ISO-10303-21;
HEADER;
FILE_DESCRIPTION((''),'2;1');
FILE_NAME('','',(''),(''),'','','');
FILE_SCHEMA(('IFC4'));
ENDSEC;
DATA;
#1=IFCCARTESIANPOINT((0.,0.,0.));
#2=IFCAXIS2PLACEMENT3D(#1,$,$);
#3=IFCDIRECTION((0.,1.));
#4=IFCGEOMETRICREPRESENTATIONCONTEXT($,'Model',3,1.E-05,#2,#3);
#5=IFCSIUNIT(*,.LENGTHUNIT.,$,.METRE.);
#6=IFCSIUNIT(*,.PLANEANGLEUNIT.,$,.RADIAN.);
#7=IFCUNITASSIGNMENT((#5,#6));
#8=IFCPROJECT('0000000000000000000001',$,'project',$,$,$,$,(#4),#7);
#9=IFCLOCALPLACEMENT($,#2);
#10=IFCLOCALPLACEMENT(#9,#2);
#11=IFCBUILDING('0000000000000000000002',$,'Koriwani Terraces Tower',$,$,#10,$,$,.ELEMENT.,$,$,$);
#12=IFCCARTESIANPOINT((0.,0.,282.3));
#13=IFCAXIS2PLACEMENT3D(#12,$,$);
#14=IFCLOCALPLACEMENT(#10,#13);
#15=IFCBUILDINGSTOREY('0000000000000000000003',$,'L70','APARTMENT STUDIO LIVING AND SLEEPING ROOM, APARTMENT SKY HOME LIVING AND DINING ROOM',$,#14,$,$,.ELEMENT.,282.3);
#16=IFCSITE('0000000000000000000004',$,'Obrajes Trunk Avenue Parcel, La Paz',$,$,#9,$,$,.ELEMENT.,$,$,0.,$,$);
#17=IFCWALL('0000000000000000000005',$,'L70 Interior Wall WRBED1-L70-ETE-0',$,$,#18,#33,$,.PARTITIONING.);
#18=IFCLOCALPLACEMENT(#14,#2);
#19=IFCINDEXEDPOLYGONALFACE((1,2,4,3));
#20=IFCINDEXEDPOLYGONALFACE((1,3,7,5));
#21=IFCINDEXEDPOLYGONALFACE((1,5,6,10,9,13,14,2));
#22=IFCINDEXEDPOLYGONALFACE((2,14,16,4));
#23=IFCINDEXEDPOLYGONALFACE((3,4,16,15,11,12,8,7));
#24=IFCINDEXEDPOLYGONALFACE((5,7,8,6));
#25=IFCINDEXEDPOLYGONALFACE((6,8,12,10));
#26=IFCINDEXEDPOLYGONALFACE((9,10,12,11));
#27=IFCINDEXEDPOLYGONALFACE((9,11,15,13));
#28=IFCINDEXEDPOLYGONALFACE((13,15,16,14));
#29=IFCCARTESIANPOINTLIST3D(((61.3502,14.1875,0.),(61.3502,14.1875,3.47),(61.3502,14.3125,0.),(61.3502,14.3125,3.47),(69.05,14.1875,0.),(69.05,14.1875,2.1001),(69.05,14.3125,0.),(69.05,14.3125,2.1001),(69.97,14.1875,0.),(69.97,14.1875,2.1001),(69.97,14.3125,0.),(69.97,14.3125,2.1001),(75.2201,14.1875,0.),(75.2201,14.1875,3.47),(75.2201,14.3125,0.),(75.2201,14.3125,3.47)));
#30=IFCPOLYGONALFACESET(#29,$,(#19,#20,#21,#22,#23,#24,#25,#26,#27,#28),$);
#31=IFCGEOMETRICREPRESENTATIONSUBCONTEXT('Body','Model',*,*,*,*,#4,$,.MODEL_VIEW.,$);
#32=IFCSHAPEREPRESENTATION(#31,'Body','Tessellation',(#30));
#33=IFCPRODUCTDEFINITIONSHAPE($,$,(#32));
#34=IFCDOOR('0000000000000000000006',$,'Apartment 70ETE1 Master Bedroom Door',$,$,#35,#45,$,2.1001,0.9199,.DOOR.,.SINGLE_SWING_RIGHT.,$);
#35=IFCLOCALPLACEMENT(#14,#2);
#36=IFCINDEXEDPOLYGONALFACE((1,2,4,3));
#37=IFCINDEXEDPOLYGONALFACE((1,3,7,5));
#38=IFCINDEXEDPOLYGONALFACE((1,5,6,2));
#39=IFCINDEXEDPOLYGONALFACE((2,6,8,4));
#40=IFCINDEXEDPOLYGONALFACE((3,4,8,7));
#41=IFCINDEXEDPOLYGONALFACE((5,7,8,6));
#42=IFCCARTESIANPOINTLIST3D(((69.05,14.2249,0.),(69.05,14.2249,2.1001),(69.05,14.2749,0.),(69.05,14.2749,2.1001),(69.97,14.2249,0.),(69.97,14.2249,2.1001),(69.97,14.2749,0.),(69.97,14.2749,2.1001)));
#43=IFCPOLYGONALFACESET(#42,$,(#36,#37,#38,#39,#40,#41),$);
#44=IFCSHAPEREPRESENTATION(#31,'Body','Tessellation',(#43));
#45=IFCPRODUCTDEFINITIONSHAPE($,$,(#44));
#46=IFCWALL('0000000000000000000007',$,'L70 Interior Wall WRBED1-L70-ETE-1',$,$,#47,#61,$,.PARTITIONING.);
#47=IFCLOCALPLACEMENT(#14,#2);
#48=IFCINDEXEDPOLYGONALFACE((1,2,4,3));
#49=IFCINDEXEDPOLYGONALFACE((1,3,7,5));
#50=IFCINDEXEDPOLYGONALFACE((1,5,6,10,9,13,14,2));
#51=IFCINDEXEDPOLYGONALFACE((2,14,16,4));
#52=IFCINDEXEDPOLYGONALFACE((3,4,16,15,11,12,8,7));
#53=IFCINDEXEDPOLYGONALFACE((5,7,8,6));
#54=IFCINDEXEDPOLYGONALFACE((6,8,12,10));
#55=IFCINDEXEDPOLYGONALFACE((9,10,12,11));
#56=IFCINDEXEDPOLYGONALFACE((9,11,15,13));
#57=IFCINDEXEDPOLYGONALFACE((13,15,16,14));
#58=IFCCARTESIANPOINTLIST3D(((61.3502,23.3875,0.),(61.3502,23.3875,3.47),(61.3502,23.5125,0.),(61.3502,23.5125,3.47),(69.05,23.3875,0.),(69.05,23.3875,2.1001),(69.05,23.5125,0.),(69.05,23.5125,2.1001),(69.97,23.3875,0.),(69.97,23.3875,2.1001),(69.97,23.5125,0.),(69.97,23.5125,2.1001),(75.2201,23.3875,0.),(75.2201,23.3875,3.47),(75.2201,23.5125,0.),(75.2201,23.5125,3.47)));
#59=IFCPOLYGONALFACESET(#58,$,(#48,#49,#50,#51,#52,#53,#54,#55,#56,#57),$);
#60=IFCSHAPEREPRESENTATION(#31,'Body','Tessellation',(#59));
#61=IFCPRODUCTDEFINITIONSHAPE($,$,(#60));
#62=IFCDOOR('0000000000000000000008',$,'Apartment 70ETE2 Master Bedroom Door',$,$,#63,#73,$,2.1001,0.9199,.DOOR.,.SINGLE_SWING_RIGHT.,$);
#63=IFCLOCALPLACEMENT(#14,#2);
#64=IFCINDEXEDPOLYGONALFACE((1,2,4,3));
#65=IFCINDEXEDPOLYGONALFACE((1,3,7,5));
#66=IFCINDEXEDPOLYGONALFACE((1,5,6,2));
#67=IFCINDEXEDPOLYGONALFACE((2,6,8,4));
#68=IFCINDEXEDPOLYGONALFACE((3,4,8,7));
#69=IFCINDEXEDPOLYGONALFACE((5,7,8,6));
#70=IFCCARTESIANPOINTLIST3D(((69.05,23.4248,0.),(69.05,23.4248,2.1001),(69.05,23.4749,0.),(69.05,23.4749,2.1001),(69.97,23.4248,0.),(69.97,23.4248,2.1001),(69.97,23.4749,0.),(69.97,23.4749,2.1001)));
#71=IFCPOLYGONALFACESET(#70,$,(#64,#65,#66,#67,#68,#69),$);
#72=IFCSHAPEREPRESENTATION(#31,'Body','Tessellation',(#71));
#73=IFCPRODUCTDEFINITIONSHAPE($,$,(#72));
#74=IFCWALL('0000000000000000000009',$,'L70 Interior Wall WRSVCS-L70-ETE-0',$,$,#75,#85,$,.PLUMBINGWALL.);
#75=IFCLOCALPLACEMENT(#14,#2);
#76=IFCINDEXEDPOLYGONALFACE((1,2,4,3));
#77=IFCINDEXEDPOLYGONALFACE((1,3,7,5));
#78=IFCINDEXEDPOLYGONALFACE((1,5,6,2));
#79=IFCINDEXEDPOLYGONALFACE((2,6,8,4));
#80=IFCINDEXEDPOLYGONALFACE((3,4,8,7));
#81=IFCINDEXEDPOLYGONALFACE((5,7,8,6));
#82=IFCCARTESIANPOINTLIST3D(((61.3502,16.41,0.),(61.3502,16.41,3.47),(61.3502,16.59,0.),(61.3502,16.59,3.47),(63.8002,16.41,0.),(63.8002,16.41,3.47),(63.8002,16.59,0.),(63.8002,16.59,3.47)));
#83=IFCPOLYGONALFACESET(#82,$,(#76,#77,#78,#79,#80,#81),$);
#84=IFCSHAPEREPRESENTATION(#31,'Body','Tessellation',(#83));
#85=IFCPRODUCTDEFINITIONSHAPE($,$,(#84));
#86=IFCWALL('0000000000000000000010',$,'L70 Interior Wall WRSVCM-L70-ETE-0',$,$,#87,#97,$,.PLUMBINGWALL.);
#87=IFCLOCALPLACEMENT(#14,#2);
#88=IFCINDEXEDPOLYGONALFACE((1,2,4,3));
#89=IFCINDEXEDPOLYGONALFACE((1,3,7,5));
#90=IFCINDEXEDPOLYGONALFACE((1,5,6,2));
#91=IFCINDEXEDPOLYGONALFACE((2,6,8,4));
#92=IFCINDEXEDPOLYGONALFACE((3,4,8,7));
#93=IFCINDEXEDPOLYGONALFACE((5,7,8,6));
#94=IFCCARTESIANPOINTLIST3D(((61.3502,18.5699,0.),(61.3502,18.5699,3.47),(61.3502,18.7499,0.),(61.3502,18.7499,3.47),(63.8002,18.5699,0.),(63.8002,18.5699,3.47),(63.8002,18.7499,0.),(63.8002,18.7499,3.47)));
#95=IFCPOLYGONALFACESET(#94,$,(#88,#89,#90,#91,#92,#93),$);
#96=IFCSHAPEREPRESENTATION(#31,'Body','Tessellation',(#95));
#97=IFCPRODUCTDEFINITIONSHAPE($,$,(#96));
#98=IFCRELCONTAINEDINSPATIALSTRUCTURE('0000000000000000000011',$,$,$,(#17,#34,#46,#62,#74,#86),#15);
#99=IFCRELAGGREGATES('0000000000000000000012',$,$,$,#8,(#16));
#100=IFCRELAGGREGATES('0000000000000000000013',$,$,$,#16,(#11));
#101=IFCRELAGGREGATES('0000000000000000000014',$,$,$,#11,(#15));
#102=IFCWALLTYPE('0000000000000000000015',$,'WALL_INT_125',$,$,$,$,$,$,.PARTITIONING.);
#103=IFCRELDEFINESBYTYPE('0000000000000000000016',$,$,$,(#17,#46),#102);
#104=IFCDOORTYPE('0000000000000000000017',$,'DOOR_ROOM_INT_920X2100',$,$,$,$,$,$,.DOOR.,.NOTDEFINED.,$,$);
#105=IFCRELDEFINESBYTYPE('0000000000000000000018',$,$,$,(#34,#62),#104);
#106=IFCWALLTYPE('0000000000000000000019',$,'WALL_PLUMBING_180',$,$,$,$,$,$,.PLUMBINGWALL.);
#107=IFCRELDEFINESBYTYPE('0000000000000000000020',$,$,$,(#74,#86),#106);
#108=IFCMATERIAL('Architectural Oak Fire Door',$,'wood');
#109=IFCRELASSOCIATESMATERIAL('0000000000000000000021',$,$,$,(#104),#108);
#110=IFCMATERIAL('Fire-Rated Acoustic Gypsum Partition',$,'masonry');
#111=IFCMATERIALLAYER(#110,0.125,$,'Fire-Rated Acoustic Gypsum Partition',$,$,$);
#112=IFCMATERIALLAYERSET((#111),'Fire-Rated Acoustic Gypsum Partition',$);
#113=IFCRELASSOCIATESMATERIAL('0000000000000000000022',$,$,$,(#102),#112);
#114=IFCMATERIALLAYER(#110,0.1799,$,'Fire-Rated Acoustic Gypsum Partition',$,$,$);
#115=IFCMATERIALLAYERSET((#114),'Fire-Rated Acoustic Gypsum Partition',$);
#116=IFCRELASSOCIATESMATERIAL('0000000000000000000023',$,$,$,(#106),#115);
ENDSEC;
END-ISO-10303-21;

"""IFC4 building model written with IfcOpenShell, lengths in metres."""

from ifc_helpers import new_model, si_unit, direction, frame, frame_2d, origin, place, context, subcontext, project, spatial, rectangle, extrude, material, layer, layer_set, type_object, element, fill, save


model = new_model("IFC4")

# Units and contexts
model_context = context("Model", 3, precision=1e-05, world=origin(), true_north=direction((0.0, 1.0)))
body_context = subcontext(model_context, "Body", "Model", "MODEL_VIEW")
ifc_project = project(units=[si_unit("LENGTHUNIT", "METRE"), si_unit("PLANEANGLEUNIT", "RADIAN")], contexts=[model_context])

# Site, building, storey
site_placement = place(None, origin())
site = spatial("IfcSite", under=ifc_project, at=site_placement, Name="Obrajes Trunk Avenue Parcel, La Paz", CompositionType="ELEMENT", RefElevation=0.0)
building_placement = place(site_placement, origin())
building = spatial("IfcBuilding", under=site, at=building_placement, Name="Koriwani Terraces Tower", CompositionType="ELEMENT")
storey_placement = place(building_placement, frame((0.0, 0.0, 282.3)))
storey = spatial("IfcBuildingStorey", under=building, at=storey_placement, Name="L70", Description="APARTMENT STUDIO LIVING AND SLEEPING ROOM, APARTMENT SKY HOME LIVING AND DINING ROOM", CompositionType="ELEMENT", Elevation=282.3)

# Shared definitions
ifc_material_1 = material(Name="Architectural Oak Fire Door", Category="wood")
door_type_1 = type_object("IfcDoorType", Name="DOOR_ROOM_INT_920X2100", OperationType="NOTDEFINED", PredefinedType="DOOR", material=ifc_material_1)

# Walls, openings, doors
ifc_material_2 = material(Name="Fire-Rated Acoustic Gypsum Partition", Category="masonry")
ifc_layer_1 = layer(ifc_material_2, 0.125, Name="Fire-Rated Acoustic Gypsum Partition")
ifc_layer_set_1 = layer_set([ifc_layer_1], Name="Fire-Rated Acoustic Gypsum Partition")
wall_type_1 = type_object("IfcWallType", Name="WALL_INT_125", PredefinedType="PARTITIONING", material=ifc_layer_set_1)
wall_1_placement = place(storey_placement, frame((61.3501, 14.25, 0.0), z_axis=(0.0, 0.0, 1.0), x_axis=(1.0, 0.0, 0.0)))
wall_1 = element("IfcWall", 1, at=wall_1_placement, inside=storey, type_object=wall_type_1, Name="L70 Interior Wall WRBED1-L70-ETE-0", PredefinedType="PARTITIONING", context=body_context, shape_type="SweptSolid", body=[
    extrude(rectangle(XDim=13.8699, YDim=0.125, at=frame_2d((6.9351, 0.0))), origin(), (0.0, 0.0, 1.0), 3.47),
])
opening_1_placement = place(wall_1_placement, frame((7.7, 0.0, 0.0)))
opening_1 = element("IfcOpeningElement", 2, at=opening_1_placement, cuts=wall_1, PredefinedType="OPENING", context=body_context, shape_type="SweptSolid", body=[
    extrude(rectangle(XDim=0.9199, YDim=2.1001, at=frame_2d((0.46, 1.05))), frame((0.0, 0.0725, 0.0), z_axis=(0.0, -1.0, 0.0), x_axis=(1.0, 0.0, 0.0)), (0.0, 0.0, 1.0), 0.145),
])
door_1_placement = place(opening_1_placement, origin())
door_1 = element("IfcDoor", 3, at=door_1_placement, inside=storey, type_object=door_type_1, Name="Apartment 70ETE1 Master Bedroom Door", OperationType="SINGLE_SWING_RIGHT", OverallHeight=2.1001, OverallWidth=0.9199, PredefinedType="DOOR", context=body_context, shape_type="SweptSolid", body=[
    extrude(rectangle(XDim=0.9199, YDim=2.1001, at=frame_2d((0.46, 1.05))), frame((0.0, 0.0249, 0.0), z_axis=(0.0, -1.0, 0.0), x_axis=(1.0, 0.0, 0.0)), (0.0, 0.0, 1.0), 0.05),
])
fill(opening_1, door_1)
wall_2_placement = place(storey_placement, frame((61.3501, 23.45, 0.0), z_axis=(0.0, 0.0, 1.0), x_axis=(1.0, 0.0, 0.0)))
wall_2 = element("IfcWall", 4, at=wall_2_placement, inside=storey, type_object=wall_type_1, Name="L70 Interior Wall WRBED1-L70-ETE-1", PredefinedType="PARTITIONING", context=body_context, shape_type="SweptSolid", body=[
    extrude(rectangle(XDim=13.8699, YDim=0.125, at=frame_2d((6.9351, 0.0))), origin(), (0.0, 0.0, 1.0), 3.47),
])
opening_2_placement = place(wall_2_placement, frame((7.7, 0.0, 0.0)))
opening_2 = element("IfcOpeningElement", 5, at=opening_2_placement, cuts=wall_2, PredefinedType="OPENING", context=body_context, shape_type="SweptSolid", body=[
    extrude(rectangle(XDim=0.9199, YDim=2.1001, at=frame_2d((0.46, 1.05))), frame((0.0, 0.0725, 0.0), z_axis=(0.0, -1.0, 0.0), x_axis=(1.0, 0.0, 0.0)), (0.0, 0.0, 1.0), 0.145),
])
door_2_placement = place(opening_2_placement, origin())
door_2 = element("IfcDoor", 6, at=door_2_placement, inside=storey, type_object=door_type_1, Name="Apartment 70ETE2 Master Bedroom Door", OperationType="SINGLE_SWING_RIGHT", OverallHeight=2.1001, OverallWidth=0.9199, PredefinedType="DOOR", context=body_context, shape_type="SweptSolid", body=[
    extrude(rectangle(XDim=0.9199, YDim=2.1001, at=frame_2d((0.46, 1.05))), frame((0.0, 0.0249, 0.0), z_axis=(0.0, -1.0, 0.0), x_axis=(1.0, 0.0, 0.0)), (0.0, 0.0, 1.0), 0.05),
])
fill(opening_2, door_2)

# Walls
ifc_layer_2 = layer(ifc_material_2, 0.1799, Name="Fire-Rated Acoustic Gypsum Partition")
ifc_layer_set_2 = layer_set([ifc_layer_2], Name="Fire-Rated Acoustic Gypsum Partition")
wall_type_2 = type_object("IfcWallType", Name="WALL_PLUMBING_180", PredefinedType="PLUMBINGWALL", material=ifc_layer_set_2)
for number, where, z_axis, x_axis, name in (
    (7, (61.3501, 16.5, 0.0), (0.0, 0.0, 1.0), (1.0, 0.0, 0.0), "L70 Interior Wall WRSVCS-L70-ETE-0"),
    (8, (61.3501, 18.6599, 0.0), (0.0, 0.0, 1.0), (1.0, 0.0, 0.0), "L70 Interior Wall WRSVCM-L70-ETE-0"),
):
    element("IfcWall", number, at=place(storey_placement, frame(where, z_axis=z_axis, x_axis=x_axis)), inside=storey, type_object=wall_type_2, Name=name, PredefinedType="PLUMBINGWALL", context=body_context, shape_type="SweptSolid", body=[
        extrude(rectangle(XDim=2.45, YDim=0.1799, at=frame_2d((1.2251, 0.0))), origin(), (0.0, 0.0, 1.0), 3.47),
    ])

save(model, "model.ifc")
